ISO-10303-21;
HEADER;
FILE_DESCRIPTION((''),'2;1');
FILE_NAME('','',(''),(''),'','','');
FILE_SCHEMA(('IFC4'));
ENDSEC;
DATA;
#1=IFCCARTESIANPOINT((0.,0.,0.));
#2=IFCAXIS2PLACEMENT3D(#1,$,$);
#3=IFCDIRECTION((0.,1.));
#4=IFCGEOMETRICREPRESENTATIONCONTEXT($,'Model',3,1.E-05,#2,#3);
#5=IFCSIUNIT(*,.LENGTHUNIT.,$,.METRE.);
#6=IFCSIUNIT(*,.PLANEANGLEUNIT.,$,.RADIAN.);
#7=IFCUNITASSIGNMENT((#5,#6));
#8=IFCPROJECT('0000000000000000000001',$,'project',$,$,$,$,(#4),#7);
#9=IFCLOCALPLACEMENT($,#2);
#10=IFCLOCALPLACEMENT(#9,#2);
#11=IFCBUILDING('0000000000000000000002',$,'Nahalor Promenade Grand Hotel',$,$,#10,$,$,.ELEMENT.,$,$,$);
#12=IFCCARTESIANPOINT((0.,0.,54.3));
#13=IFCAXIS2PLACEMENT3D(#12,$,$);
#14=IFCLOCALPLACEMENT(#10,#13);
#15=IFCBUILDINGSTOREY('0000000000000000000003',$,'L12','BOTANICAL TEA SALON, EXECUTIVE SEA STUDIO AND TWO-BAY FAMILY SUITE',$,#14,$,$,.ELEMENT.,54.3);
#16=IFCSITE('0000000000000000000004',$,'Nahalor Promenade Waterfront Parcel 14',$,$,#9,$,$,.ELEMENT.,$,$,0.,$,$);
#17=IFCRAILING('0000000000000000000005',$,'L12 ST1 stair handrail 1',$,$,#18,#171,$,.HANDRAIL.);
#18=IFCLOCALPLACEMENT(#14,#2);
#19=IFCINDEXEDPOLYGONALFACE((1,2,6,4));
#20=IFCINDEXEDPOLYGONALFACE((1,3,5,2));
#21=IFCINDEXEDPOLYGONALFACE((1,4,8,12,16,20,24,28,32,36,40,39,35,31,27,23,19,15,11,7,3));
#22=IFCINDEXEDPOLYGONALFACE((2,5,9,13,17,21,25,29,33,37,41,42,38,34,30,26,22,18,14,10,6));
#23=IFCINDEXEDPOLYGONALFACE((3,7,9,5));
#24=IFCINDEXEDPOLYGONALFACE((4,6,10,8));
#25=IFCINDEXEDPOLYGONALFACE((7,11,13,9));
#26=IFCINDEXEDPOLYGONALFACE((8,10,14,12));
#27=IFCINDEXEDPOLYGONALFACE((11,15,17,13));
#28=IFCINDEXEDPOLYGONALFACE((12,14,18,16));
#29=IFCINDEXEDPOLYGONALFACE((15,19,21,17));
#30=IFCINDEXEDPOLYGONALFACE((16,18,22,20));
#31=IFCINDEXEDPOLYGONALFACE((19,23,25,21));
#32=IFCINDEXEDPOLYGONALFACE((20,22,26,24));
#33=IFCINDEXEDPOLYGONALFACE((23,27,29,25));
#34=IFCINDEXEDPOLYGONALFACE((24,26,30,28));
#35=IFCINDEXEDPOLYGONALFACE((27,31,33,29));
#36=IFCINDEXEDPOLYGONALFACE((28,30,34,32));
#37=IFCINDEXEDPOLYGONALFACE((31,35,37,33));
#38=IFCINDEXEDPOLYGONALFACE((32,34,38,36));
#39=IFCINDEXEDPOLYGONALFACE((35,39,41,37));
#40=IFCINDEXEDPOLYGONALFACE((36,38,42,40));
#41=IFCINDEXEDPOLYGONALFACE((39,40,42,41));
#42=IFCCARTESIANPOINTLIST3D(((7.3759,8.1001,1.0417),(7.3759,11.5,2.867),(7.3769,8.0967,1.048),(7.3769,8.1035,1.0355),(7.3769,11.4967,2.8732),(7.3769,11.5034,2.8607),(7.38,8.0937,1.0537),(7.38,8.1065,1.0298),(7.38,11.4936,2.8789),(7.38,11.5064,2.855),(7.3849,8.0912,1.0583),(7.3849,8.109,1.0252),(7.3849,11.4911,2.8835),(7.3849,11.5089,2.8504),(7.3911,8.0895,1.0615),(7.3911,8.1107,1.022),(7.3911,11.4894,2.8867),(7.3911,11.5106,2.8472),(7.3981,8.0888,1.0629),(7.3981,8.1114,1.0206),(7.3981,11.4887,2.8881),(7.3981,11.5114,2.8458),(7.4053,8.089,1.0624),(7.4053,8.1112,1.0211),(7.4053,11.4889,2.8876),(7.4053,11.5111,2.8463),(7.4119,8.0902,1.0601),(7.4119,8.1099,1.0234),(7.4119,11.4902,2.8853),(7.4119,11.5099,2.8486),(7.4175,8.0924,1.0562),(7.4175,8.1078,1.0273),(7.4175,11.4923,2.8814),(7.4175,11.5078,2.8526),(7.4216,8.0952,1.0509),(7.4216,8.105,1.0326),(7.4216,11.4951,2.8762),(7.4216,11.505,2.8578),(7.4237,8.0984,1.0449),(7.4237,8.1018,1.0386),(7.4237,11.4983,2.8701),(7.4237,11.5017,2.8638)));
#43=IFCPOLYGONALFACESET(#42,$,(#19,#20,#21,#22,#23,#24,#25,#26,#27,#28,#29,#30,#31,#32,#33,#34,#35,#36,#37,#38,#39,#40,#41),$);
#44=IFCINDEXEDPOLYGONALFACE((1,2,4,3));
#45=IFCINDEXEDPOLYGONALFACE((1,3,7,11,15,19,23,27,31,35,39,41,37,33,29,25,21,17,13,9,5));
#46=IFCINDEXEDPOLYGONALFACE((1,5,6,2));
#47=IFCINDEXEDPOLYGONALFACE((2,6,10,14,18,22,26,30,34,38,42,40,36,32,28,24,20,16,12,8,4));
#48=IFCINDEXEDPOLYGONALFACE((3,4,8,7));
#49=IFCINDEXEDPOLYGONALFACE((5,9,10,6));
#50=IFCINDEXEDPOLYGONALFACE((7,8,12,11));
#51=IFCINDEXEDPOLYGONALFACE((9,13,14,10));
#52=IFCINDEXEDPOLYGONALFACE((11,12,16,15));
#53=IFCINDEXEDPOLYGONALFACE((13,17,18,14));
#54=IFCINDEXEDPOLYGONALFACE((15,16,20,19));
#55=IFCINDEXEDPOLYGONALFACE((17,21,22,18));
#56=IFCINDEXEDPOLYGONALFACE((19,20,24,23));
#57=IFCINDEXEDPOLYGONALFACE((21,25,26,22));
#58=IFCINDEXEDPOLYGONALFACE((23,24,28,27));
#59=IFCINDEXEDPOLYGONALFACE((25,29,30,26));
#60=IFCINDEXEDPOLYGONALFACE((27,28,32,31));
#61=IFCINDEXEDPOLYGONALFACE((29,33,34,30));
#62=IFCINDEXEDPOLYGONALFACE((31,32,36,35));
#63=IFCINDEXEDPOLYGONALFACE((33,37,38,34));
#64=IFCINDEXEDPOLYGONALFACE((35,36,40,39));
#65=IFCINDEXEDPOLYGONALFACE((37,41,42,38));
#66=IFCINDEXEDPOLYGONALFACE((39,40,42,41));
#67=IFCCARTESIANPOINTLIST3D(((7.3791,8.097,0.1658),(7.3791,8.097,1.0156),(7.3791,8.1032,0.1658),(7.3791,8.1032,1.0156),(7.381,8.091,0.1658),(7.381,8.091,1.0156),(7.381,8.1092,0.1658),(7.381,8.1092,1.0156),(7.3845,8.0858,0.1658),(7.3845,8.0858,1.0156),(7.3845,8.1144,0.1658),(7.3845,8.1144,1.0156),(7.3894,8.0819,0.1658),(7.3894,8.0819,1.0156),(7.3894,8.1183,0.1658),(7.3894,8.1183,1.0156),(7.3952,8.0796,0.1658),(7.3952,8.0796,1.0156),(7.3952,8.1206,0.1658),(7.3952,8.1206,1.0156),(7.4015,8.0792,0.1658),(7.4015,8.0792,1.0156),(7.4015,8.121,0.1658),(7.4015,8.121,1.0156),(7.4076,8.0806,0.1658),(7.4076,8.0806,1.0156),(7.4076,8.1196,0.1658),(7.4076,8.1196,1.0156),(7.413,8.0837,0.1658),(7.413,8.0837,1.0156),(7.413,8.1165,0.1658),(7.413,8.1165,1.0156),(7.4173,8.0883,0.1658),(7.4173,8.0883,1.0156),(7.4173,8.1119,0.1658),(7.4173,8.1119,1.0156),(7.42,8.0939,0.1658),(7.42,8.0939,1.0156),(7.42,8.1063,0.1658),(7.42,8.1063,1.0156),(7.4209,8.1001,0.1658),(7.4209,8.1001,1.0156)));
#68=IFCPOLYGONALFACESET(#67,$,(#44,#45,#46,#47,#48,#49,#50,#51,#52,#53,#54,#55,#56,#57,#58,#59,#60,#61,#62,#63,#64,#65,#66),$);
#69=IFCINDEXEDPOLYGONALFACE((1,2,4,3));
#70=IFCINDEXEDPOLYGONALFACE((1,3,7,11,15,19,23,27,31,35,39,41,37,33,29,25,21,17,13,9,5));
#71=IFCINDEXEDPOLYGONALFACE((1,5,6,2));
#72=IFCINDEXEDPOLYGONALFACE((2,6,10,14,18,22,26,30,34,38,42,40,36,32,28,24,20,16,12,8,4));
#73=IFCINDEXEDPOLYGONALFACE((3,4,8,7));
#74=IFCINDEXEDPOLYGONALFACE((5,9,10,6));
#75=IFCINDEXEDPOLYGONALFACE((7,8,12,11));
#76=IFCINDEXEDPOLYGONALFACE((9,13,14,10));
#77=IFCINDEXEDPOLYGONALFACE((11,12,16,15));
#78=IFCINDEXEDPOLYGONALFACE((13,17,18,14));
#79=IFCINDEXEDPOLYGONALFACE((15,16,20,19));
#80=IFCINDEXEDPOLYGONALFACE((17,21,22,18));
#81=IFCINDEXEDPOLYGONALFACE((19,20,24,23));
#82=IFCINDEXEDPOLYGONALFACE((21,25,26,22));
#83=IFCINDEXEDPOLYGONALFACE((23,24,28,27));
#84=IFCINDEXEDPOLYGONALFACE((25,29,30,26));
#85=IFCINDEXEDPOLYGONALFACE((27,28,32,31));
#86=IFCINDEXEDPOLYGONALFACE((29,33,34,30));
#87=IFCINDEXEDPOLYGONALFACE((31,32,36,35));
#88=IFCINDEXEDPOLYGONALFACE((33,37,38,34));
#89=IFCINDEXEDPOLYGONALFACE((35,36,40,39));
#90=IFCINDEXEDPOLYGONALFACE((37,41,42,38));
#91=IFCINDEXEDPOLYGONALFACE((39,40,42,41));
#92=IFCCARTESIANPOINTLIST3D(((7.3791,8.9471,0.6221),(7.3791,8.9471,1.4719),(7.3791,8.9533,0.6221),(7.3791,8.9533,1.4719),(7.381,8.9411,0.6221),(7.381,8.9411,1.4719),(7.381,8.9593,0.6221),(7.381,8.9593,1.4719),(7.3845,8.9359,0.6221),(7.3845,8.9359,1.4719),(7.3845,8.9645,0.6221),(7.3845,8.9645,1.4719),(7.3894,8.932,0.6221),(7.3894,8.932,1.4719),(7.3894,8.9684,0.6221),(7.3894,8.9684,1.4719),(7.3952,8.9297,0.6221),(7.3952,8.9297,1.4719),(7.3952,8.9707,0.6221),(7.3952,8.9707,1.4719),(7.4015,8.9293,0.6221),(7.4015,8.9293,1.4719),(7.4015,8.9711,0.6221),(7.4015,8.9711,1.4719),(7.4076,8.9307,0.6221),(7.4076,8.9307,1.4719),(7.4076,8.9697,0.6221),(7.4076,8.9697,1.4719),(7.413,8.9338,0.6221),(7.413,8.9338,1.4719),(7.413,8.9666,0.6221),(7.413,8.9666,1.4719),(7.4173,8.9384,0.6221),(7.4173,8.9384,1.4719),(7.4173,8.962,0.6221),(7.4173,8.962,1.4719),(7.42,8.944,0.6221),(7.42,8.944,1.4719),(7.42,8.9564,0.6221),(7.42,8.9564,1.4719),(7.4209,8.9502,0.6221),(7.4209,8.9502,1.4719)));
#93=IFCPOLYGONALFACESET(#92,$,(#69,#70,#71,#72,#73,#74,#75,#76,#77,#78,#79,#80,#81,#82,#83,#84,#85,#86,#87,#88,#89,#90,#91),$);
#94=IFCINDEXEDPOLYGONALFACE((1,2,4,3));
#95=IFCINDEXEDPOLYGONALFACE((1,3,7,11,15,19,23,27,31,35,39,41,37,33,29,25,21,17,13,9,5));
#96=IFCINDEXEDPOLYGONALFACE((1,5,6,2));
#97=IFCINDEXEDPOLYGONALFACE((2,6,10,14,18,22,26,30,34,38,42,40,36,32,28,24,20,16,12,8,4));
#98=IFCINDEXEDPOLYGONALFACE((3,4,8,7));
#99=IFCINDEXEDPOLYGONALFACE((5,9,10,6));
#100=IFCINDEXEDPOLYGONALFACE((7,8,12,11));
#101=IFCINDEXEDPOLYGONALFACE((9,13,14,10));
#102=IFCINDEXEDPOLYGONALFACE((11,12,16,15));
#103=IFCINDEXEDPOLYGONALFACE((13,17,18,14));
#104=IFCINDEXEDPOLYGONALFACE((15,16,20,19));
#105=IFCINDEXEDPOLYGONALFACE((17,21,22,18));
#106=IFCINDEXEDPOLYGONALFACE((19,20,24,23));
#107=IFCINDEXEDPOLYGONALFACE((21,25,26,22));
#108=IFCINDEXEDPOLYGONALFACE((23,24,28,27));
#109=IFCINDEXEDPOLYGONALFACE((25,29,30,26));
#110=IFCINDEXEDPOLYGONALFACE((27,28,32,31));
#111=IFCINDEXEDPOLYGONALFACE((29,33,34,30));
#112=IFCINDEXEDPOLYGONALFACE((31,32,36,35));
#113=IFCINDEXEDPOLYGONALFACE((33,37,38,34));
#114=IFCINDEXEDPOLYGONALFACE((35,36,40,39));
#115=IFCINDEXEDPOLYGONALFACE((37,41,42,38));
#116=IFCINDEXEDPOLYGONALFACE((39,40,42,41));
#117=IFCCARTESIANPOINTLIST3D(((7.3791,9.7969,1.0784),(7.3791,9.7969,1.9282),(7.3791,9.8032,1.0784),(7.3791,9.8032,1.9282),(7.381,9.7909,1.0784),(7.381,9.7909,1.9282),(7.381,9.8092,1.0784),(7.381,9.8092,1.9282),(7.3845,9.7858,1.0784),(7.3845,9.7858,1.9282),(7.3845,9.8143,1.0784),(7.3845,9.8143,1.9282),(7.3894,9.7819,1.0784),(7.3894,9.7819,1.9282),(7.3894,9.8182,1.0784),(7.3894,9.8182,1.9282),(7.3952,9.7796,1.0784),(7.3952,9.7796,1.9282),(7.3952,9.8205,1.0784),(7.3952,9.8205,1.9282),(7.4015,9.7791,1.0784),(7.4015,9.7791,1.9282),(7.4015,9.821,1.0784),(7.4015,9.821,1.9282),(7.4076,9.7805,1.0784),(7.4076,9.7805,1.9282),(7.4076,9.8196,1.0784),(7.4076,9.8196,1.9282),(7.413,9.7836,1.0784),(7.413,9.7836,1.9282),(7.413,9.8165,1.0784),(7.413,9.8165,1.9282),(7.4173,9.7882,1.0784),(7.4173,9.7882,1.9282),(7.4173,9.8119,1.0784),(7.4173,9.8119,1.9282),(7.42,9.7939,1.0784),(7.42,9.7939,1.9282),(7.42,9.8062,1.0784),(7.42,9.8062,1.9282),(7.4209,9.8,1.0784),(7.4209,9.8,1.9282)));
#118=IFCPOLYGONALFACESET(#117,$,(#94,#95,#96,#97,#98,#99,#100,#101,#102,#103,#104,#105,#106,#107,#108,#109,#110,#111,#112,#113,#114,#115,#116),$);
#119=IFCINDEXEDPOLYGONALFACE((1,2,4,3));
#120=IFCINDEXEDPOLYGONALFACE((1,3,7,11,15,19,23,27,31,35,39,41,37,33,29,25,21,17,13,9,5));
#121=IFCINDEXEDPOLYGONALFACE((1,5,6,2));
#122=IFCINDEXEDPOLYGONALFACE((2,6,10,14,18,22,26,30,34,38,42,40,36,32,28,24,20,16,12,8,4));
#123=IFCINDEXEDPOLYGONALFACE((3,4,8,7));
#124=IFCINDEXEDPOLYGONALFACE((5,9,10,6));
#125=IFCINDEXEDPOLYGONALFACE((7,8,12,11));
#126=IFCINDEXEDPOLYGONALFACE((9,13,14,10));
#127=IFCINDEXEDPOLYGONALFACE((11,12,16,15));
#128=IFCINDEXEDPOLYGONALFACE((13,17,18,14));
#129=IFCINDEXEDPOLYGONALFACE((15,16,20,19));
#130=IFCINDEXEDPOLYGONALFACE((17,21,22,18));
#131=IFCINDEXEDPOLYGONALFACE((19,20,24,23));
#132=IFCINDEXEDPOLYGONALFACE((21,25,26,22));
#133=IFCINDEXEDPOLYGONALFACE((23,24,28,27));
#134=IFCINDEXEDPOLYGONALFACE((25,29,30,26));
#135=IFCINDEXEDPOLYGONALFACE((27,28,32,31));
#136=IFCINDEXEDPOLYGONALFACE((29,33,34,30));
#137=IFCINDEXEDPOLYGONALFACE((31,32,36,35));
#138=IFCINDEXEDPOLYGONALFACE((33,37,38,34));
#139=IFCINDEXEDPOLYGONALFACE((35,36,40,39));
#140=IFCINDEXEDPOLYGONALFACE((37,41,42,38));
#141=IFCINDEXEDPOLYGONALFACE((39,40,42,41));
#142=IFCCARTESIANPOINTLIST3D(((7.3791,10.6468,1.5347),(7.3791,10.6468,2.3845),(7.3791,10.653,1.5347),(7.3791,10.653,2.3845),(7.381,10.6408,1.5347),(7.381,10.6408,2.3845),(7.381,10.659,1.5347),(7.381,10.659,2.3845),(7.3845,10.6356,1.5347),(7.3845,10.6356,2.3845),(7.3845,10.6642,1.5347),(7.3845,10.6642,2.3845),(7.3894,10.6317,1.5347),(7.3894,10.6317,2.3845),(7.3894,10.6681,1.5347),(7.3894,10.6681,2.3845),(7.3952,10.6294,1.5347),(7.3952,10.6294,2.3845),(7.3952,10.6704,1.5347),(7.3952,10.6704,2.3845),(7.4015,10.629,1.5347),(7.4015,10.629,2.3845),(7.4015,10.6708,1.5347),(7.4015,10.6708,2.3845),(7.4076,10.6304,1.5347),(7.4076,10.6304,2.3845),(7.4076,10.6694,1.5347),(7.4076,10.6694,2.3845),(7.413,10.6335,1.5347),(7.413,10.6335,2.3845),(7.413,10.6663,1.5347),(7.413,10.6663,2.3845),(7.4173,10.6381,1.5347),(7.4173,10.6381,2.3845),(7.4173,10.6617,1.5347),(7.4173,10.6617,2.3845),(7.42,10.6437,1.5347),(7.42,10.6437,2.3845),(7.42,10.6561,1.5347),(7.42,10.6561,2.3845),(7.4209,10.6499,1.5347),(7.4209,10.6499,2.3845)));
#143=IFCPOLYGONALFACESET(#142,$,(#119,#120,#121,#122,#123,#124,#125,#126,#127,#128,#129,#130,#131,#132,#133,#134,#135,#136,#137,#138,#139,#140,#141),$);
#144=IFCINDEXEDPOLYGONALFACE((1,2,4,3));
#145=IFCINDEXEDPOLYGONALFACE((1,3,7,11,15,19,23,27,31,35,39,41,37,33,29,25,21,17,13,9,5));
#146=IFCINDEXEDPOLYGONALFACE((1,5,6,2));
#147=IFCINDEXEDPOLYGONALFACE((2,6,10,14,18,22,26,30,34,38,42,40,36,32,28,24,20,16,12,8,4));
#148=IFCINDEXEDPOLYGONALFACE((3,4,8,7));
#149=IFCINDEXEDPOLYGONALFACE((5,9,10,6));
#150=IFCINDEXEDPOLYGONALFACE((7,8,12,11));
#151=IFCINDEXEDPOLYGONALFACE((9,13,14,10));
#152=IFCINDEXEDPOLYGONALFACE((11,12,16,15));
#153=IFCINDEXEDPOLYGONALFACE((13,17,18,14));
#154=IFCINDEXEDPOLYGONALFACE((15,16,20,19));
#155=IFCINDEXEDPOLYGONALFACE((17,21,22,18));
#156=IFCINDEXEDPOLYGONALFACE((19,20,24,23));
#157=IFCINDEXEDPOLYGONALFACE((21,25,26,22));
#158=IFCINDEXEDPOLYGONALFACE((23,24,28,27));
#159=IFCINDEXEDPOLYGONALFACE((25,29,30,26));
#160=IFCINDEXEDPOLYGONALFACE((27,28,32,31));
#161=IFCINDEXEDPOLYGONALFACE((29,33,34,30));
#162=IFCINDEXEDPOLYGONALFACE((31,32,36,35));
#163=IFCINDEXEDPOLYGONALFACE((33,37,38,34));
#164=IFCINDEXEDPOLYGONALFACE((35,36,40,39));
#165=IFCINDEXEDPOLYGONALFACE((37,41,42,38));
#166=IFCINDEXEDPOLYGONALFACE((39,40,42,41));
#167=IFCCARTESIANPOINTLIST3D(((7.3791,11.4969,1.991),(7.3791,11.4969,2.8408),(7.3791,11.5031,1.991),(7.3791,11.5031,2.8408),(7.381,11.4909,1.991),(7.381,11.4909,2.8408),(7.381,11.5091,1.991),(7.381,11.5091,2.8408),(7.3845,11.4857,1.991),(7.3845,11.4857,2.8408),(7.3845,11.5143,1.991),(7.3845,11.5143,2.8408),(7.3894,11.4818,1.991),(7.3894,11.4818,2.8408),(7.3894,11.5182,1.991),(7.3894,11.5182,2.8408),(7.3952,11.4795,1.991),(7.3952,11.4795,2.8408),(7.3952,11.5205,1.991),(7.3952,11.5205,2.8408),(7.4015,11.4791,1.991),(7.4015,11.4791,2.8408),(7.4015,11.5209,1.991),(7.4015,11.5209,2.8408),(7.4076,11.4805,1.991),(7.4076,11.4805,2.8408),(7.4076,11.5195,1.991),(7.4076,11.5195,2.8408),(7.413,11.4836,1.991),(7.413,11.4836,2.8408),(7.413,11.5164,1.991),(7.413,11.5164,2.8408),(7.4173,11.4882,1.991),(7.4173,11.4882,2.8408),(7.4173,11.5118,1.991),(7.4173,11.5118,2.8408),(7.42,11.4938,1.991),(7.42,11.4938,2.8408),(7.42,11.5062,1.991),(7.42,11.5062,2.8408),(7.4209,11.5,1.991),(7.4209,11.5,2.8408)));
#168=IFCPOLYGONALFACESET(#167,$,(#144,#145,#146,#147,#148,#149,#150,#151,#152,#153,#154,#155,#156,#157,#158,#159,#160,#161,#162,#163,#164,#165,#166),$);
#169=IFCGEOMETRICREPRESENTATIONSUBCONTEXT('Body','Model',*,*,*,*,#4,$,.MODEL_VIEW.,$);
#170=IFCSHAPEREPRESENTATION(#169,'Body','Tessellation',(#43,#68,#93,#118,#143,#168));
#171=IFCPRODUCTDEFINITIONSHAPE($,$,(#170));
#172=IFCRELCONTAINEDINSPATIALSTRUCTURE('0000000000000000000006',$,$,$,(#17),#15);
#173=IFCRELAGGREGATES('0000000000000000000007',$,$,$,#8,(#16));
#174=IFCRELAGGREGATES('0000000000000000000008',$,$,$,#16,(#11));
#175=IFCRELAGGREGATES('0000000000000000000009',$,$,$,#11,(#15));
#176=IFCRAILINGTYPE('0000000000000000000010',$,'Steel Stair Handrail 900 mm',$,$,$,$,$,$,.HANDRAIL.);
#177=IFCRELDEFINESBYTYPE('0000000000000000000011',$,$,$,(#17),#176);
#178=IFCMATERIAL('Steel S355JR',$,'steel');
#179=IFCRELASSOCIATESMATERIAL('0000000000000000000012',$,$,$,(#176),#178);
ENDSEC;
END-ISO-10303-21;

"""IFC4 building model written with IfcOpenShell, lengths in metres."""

from ifc_helpers import new_model, si_unit, direction, frame, origin, origin_2d, place, context, subcontext, project, spatial, circle, extrude, material, type_object, element, save


model = new_model("IFC4")

# Units and contexts
model_context = context("Model", 3, precision=1e-05, world=origin(), true_north=direction((0.0, 1.0)))
body_context = subcontext(model_context, "Body", "Model", "MODEL_VIEW")
ifc_project = project(units=[si_unit("LENGTHUNIT", "METRE"), si_unit("PLANEANGLEUNIT", "RADIAN")], contexts=[model_context])

# Site, building, storey
site_placement = place(None, origin())
site = spatial("IfcSite", under=ifc_project, at=site_placement, Name="Nahalor Promenade Waterfront Parcel 14", CompositionType="ELEMENT", RefElevation=0.0)
building_placement = place(site_placement, origin())
building = spatial("IfcBuilding", under=site, at=building_placement, Name="Nahalor Promenade Grand Hotel", CompositionType="ELEMENT")
storey_placement = place(building_placement, frame((0.0, 0.0, 54.3)))
storey = spatial("IfcBuildingStorey", under=building, at=storey_placement, Name="L12", Description="BOTANICAL TEA SALON, EXECUTIVE SEA STUDIO AND TWO-BAY FAMILY SUITE", CompositionType="ELEMENT", Elevation=54.3)

# Shared definitions
ifc_material_1 = material(Name="Steel S355JR", Category="steel")

# Railing
railing_type_1 = type_object("IfcRailingType", Name="Steel Stair Handrail 900 mm", PredefinedType="HANDRAIL", material=ifc_material_1)
railing_1_placement = place(storey_placement, frame((7.3999, 8.1001, 0.1658)))
element("IfcRailing", 1, at=railing_1_placement, inside=storey, type_object=railing_type_1, Name="L12 ST1 stair handrail 1", PredefinedType="HANDRAIL", context=body_context, shape_type="SweptSolid", body=[
    extrude(circle(Radius=0.024, at=origin_2d()), frame((0.0, 0.0, 0.876), z_axis=(0.0, 0.881068, 0.47299), x_axis=(-1.0, 0.0, 0.0)), (0.0, 0.0, 1.0), 3.8589),
    extrude(circle(Radius=0.021, at=origin_2d()), origin(), (0.0, 0.0, 1.0), 0.8499),
    extrude(circle(Radius=0.021, at=origin_2d()), frame((0.0, 0.8501, 0.4563)), (0.0, 0.0, 1.0), 0.8499),
    extrude(circle(Radius=0.021, at=origin_2d()), frame((0.0, 1.7, 0.9126)), (0.0, 0.0, 1.0), 0.8499),
    extrude(circle(Radius=0.021, at=origin_2d()), frame((0.0, 2.5498, 1.3689)), (0.0, 0.0, 1.0), 0.8499),
    extrude(circle(Radius=0.021, at=origin_2d()), frame((0.0, 3.3999, 1.8252)), (0.0, 0.0, 1.0), 0.8499),
])

save(model, "model.ifc")
